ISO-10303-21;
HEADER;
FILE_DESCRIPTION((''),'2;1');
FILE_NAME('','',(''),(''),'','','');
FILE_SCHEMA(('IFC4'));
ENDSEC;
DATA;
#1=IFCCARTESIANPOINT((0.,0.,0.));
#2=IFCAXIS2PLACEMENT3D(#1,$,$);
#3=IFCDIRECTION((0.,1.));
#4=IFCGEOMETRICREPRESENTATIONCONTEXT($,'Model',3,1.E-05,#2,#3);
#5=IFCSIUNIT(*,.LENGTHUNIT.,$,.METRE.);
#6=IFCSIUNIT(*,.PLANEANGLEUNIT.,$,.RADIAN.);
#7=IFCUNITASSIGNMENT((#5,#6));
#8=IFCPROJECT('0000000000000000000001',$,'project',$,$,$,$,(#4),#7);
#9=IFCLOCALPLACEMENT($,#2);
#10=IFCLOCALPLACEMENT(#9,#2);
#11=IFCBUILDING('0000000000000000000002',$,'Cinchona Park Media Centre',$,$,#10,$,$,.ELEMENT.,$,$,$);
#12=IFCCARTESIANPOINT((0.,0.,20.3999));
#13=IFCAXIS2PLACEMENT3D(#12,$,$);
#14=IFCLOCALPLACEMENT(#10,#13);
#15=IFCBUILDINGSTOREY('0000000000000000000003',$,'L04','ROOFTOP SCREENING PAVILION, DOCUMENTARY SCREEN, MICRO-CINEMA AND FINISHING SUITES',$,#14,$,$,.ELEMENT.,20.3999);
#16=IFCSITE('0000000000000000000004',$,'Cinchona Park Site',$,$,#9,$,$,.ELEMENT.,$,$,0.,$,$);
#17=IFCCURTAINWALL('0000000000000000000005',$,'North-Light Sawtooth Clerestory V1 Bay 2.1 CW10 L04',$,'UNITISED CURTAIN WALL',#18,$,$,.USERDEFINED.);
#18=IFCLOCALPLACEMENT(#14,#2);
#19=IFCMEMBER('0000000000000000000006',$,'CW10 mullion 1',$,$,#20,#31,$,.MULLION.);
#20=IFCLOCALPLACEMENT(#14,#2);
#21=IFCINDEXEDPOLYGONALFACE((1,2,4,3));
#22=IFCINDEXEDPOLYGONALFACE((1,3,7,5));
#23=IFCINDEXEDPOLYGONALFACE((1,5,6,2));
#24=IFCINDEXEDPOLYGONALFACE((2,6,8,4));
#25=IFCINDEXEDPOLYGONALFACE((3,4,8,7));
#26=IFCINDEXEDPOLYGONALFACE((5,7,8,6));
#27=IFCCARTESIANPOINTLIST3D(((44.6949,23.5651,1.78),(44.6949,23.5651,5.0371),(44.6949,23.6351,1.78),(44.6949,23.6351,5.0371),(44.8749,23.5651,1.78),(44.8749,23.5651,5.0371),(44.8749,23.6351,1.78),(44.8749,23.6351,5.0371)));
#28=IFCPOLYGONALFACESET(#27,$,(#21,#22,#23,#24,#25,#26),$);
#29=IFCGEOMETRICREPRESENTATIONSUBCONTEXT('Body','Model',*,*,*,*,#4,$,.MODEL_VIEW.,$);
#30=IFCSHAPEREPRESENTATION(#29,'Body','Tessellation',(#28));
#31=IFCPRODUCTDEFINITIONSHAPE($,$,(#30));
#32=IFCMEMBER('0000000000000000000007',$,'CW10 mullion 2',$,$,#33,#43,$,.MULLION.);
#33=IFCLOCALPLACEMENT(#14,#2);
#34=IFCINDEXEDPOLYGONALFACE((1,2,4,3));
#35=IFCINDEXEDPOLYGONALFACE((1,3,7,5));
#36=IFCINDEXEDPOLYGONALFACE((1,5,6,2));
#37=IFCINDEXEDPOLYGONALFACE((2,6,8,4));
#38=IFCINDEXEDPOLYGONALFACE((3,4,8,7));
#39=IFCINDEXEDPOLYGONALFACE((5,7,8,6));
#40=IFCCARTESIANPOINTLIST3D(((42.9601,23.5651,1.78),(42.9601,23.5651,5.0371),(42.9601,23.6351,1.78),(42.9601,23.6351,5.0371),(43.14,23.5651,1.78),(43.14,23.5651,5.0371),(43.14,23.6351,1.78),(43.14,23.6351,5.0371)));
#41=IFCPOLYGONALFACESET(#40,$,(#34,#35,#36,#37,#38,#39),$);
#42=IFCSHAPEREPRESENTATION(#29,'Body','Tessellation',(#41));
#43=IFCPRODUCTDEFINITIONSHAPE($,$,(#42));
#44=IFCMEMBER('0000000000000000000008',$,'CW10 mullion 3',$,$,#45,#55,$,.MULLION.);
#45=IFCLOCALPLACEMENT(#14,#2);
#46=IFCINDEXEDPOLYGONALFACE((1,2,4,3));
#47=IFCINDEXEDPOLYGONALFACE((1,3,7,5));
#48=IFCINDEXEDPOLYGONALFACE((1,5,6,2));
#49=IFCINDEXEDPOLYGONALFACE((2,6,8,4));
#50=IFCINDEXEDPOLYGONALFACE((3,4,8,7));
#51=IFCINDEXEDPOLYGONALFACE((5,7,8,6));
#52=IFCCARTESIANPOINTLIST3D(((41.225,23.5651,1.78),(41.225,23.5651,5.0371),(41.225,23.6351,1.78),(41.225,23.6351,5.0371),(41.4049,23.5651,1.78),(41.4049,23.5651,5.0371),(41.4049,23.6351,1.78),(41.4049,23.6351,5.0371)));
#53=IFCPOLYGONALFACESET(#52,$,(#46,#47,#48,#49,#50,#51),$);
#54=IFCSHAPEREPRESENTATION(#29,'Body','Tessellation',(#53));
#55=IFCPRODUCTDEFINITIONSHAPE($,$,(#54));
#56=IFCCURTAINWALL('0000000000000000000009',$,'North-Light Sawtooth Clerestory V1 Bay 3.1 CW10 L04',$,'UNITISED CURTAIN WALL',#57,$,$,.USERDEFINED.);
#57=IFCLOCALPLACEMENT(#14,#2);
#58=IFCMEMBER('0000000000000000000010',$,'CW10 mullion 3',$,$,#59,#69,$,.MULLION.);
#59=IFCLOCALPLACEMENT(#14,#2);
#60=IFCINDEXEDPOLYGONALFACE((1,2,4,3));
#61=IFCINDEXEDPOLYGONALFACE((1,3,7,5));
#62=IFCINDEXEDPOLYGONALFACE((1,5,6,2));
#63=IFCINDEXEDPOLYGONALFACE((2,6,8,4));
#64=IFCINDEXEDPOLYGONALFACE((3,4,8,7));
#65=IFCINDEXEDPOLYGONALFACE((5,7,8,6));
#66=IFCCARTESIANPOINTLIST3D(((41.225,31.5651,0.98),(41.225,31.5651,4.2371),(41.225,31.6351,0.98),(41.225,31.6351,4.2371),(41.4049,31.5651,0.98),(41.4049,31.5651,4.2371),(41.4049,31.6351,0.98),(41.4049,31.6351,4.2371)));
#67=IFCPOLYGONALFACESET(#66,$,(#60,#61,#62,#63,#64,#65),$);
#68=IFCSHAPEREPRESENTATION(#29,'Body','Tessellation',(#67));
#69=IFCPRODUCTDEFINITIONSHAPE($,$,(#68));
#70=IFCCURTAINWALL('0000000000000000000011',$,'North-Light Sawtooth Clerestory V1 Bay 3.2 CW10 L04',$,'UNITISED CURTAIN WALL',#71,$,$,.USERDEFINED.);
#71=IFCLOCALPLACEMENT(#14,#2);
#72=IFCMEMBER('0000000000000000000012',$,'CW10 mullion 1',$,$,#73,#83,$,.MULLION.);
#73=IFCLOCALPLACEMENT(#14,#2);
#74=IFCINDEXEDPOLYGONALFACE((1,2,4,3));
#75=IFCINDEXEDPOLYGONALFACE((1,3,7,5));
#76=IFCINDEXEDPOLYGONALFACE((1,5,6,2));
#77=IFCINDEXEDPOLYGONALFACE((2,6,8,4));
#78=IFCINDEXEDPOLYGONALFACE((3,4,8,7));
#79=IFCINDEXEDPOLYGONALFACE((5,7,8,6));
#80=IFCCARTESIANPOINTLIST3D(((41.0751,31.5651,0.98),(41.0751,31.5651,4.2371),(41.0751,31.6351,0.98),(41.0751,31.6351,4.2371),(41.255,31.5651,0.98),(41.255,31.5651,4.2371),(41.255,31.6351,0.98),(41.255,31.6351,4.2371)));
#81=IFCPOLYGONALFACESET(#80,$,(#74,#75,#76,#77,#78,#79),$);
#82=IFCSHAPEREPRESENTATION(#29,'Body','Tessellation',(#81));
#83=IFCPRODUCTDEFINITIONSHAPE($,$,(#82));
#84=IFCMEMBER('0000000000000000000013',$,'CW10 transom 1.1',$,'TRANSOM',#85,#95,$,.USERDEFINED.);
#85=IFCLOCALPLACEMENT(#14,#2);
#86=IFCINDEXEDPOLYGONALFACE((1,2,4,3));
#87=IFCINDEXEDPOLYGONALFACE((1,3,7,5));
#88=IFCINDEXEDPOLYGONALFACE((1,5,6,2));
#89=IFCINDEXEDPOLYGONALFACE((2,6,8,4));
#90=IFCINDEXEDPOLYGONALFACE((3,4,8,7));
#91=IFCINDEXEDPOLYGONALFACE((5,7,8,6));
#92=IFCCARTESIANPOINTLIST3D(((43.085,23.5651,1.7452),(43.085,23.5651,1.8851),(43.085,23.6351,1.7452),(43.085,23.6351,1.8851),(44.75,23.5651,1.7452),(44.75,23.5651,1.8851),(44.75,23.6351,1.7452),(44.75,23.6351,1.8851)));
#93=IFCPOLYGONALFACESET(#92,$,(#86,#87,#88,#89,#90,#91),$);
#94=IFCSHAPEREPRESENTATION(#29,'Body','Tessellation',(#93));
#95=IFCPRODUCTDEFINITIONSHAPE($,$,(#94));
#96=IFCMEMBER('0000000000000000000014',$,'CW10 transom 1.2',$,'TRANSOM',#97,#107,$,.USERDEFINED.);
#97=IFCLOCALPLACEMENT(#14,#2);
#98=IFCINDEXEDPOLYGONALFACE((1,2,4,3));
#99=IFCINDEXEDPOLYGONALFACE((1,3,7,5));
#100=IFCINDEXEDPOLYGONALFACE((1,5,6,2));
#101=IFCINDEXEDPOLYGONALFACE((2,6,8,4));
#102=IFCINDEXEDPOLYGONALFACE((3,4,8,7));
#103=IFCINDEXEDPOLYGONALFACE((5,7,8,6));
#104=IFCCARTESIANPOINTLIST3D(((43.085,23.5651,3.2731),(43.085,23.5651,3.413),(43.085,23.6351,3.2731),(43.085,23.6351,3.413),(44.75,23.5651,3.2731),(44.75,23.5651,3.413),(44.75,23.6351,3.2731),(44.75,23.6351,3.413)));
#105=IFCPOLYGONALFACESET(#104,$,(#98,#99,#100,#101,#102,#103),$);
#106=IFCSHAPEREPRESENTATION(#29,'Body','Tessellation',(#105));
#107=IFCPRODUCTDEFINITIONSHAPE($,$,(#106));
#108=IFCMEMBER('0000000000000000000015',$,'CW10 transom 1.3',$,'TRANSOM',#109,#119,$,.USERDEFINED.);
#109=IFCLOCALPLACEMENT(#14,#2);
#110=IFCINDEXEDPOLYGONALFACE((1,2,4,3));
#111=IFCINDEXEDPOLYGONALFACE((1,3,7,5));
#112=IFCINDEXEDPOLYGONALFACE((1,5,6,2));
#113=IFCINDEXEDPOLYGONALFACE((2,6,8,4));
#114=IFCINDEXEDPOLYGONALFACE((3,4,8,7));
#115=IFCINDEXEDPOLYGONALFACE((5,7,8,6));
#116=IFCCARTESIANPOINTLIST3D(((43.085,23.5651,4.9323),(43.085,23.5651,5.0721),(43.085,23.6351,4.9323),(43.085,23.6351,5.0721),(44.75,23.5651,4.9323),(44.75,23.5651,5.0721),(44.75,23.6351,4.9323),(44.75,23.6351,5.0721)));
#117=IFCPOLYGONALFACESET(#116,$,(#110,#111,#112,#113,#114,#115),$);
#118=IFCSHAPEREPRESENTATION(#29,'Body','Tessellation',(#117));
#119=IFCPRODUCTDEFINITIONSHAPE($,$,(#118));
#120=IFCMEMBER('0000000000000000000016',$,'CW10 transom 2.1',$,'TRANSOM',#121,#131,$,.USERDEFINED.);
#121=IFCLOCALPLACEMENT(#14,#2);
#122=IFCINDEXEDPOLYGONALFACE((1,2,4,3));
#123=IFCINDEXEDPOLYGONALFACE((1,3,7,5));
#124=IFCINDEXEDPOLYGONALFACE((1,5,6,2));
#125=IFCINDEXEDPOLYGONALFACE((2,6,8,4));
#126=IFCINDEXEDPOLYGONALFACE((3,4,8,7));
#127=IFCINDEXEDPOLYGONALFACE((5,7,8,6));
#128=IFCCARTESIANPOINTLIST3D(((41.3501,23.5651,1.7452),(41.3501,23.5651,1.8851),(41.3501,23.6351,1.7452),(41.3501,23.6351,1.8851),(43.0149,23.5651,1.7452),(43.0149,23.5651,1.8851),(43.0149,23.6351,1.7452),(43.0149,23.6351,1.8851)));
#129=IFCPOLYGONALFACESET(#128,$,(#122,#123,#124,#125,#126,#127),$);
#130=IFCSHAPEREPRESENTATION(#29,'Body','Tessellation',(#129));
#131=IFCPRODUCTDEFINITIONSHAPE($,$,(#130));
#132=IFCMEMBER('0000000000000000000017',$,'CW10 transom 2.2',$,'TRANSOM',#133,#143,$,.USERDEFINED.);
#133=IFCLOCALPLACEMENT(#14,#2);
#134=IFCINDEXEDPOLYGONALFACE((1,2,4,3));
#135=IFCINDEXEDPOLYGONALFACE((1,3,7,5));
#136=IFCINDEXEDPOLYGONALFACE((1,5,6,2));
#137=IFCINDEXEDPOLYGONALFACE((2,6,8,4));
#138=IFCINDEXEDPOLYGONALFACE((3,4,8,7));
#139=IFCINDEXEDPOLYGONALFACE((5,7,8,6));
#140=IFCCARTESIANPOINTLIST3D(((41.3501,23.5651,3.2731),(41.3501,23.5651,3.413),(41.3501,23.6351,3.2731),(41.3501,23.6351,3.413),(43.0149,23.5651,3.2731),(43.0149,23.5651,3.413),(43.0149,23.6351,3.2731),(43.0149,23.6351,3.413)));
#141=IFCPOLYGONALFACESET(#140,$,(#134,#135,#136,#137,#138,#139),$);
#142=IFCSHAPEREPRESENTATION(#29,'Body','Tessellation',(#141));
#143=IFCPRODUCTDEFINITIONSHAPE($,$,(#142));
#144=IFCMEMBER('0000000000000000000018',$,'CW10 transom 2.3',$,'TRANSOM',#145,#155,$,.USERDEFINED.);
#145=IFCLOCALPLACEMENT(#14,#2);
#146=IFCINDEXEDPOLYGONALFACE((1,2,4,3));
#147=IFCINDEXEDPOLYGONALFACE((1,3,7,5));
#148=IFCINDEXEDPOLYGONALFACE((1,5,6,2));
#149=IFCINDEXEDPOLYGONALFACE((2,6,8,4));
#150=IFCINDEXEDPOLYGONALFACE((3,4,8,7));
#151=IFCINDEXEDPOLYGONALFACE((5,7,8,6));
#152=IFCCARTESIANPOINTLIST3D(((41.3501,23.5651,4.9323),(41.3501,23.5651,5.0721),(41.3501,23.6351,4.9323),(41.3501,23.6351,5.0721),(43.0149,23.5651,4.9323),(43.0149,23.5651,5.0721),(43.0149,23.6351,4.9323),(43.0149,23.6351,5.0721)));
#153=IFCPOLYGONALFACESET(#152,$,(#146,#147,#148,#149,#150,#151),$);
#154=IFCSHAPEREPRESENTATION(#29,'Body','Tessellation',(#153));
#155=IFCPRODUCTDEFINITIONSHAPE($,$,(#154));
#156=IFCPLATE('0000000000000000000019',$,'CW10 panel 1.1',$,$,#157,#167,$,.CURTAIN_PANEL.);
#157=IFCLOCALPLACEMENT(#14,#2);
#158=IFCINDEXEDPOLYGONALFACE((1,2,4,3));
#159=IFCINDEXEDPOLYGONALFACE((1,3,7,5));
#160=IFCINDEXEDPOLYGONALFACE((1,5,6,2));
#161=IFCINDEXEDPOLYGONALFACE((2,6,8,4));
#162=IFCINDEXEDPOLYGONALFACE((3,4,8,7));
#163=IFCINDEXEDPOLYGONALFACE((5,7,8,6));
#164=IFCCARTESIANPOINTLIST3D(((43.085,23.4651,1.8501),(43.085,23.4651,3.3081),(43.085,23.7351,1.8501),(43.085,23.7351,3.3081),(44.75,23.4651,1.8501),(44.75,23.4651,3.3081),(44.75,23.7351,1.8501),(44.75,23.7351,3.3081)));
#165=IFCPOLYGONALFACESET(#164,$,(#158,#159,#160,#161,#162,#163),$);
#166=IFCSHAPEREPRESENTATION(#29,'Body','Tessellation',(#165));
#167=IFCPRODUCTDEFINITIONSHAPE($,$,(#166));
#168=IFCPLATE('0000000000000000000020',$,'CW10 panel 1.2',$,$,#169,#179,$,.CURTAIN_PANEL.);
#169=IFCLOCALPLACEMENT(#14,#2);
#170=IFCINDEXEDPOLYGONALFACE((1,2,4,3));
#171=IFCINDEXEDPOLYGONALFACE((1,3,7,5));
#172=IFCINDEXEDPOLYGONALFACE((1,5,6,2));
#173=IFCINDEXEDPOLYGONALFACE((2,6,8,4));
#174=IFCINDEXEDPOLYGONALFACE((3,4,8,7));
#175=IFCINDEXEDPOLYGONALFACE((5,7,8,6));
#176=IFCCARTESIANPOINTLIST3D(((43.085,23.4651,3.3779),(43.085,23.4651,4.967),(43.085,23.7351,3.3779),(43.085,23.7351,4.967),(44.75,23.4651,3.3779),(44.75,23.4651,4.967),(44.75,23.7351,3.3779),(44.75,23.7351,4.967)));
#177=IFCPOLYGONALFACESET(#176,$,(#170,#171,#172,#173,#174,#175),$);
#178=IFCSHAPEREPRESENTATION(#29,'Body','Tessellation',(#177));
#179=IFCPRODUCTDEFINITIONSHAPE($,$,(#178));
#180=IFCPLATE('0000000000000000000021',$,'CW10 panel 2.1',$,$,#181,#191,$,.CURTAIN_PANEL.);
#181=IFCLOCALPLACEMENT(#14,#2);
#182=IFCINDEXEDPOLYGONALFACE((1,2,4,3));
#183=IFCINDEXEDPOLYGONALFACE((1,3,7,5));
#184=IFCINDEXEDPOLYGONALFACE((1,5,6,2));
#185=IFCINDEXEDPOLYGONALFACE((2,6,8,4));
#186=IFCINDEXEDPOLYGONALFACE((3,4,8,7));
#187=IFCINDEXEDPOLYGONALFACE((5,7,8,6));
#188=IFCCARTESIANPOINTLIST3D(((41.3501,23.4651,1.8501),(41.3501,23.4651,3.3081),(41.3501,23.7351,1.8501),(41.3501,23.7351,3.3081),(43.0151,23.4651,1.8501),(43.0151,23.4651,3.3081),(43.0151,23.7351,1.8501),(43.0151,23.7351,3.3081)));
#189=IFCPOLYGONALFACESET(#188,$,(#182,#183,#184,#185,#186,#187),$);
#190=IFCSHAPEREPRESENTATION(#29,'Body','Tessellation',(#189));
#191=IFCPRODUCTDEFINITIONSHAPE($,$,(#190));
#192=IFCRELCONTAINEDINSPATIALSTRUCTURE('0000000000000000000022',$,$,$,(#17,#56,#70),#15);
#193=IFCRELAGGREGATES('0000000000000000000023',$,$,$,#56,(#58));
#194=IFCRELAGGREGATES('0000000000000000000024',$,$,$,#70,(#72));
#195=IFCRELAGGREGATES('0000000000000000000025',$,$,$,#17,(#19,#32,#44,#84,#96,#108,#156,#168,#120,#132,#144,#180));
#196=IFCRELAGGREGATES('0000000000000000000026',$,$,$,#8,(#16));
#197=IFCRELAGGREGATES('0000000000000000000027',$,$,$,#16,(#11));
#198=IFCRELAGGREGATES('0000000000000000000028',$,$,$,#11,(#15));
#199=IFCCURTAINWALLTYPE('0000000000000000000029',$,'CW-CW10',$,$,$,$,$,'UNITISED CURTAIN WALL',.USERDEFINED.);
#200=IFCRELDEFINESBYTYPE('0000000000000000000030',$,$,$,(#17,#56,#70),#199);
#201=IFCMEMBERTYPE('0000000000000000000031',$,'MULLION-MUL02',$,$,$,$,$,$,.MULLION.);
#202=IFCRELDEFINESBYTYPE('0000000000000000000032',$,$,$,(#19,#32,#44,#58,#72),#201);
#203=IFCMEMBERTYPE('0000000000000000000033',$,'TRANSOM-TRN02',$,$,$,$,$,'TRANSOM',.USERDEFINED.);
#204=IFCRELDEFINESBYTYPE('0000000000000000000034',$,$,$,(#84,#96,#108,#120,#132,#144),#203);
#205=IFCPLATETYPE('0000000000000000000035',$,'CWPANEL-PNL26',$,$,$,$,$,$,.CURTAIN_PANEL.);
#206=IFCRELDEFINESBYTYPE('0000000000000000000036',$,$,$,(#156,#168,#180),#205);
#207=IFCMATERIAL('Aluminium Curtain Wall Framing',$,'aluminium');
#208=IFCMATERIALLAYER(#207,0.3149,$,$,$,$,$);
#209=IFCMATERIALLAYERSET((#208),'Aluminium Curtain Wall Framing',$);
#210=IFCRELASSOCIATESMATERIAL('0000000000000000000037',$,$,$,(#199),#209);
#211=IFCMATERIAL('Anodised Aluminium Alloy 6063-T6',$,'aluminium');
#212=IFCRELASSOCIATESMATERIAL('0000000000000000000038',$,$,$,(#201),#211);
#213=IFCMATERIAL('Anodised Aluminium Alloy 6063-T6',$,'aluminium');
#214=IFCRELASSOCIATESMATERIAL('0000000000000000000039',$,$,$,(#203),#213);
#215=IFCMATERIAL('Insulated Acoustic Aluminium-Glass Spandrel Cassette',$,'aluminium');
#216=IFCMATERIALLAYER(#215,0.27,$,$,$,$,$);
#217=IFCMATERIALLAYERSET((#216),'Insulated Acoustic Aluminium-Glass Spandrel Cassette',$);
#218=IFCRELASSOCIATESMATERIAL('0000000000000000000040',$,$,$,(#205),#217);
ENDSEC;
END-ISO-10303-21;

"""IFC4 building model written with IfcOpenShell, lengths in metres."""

from ifc_helpers import new_model, si_unit, direction, frame, origin, origin_2d, place, context, subcontext, project, spatial, rectangle, extrude, material, layer, layer_set, material_profile, profile_set, type_object, element, aggregate, save


model = new_model("IFC4")

# Units and contexts
model_context = context("Model", 3, precision=1e-05, world=origin(), true_north=direction((0.0, 1.0)))
body_context = subcontext(model_context, "Body", "Model", "MODEL_VIEW")
ifc_project = project(units=[si_unit("LENGTHUNIT", "METRE"), si_unit("PLANEANGLEUNIT", "RADIAN")], contexts=[model_context])

# Site, building, storey
site_placement = place(None, origin())
site = spatial("IfcSite", under=ifc_project, at=site_placement, Name="Cinchona Park Site", CompositionType="ELEMENT", RefElevation=0.0)
building_placement = place(site_placement, origin())
building = spatial("IfcBuilding", under=site, at=building_placement, Name="Cinchona Park Media Centre", CompositionType="ELEMENT")
storey_placement = place(building_placement, frame((0.0, 0.0, 20.3999)))
storey = spatial("IfcBuildingStorey", under=building, at=storey_placement, Name="L04", Description="ROOFTOP SCREENING PAVILION, DOCUMENTARY SCREEN, MICRO-CINEMA AND FINISHING SUITES", CompositionType="ELEMENT", Elevation=20.3999)

# Curtain wall, members
ifc_material_1 = material(Name="Aluminium Curtain Wall Framing", Category="aluminium")
ifc_layer_1 = layer(ifc_material_1, 0.3149)
ifc_layer_set_1 = layer_set([ifc_layer_1], Name="Aluminium Curtain Wall Framing")
curtain_wall_type = type_object("IfcCurtainWallType", Name="CW-CW10", ElementType="UNITISED CURTAIN WALL", PredefinedType="USERDEFINED", material=ifc_layer_set_1)
curtain_wall_1_placement = place(storey_placement, origin())
curtain_wall_1 = element("IfcCurtainWall", 1, at=curtain_wall_1_placement, inside=storey, type_object=curtain_wall_type, Name="North-Light Sawtooth Clerestory V1 Bay 2.1 CW10 L04", ObjectType="UNITISED CURTAIN WALL", PredefinedType="USERDEFINED")
ifc_material_2 = material(Name="Anodised Aluminium Alloy 6063-T6", Category="aluminium")
ifc_material_profile_1 = material_profile(ifc_material_2, rectangle(XDim=0.0701, YDim=0.1799, at=origin_2d()), Name="MUL-70X180")
ifc_profile_set_1 = profile_set([ifc_material_profile_1], Name="Anodised Aluminium Alloy 6063-T6")
member_type_1 = type_object("IfcMemberType", Name="MULLION-MUL02", PredefinedType="MULLION", material=ifc_profile_set_1)
member_1_placement = place(storey_placement, frame((44.7849, 23.6001, 1.78), z_axis=(0.0, 0.0, 1.0), x_axis=(0.0, -1.0, 0.0)))
member_1 = element("IfcMember", 2, at=member_1_placement, type_object=member_type_1, Name="CW10 mullion 1", PredefinedType="MULLION", context=body_context, shape_type="SweptSolid", body=[
    extrude(rectangle(XDim=0.0701, YDim=0.1799, at=origin_2d()), origin(), (0.0, 0.0, 1.0), 3.2571),
])
member_2_placement = place(storey_placement, frame((43.05, 23.6001, 1.78), z_axis=(0.0, 0.0, 1.0), x_axis=(0.0, -1.0, 0.0)))
member_2 = element("IfcMember", 3, at=member_2_placement, type_object=member_type_1, Name="CW10 mullion 2", PredefinedType="MULLION", context=body_context, shape_type="SweptSolid", body=[
    extrude(rectangle(XDim=0.0701, YDim=0.1799, at=origin_2d()), origin(), (0.0, 0.0, 1.0), 3.2571),
])
member_3_placement = place(storey_placement, frame((41.3149, 23.6001, 1.78), z_axis=(0.0, 0.0, 1.0), x_axis=(0.0, -1.0, 0.0)))
member_3 = element("IfcMember", 4, at=member_3_placement, type_object=member_type_1, Name="CW10 mullion 3", PredefinedType="MULLION", context=body_context, shape_type="SweptSolid", body=[
    extrude(rectangle(XDim=0.0701, YDim=0.1799, at=origin_2d()), origin(), (0.0, 0.0, 1.0), 3.2571),
])

# Curtain walls, members
curtain_wall_2_placement = place(storey_placement, origin())
curtain_wall_2 = element("IfcCurtainWall", 5, at=curtain_wall_2_placement, inside=storey, type_object=curtain_wall_type, Name="North-Light Sawtooth Clerestory V1 Bay 3.1 CW10 L04", ObjectType="UNITISED CURTAIN WALL", PredefinedType="USERDEFINED")
member_4_placement = place(storey_placement, frame((41.3149, 31.6001, 0.98), z_axis=(0.0, 0.0, 1.0), x_axis=(0.0, -1.0, 0.0)))
member_4 = element("IfcMember", 6, at=member_4_placement, type_object=member_type_1, Name="CW10 mullion 3", PredefinedType="MULLION", context=body_context, shape_type="SweptSolid", body=[
    extrude(rectangle(XDim=0.0701, YDim=0.1799, at=origin_2d()), origin(), (0.0, 0.0, 1.0), 3.2571),
])
aggregate(curtain_wall_2, [member_4])
curtain_wall_3_placement = place(storey_placement, origin())
curtain_wall_3 = element("IfcCurtainWall", 7, at=curtain_wall_3_placement, inside=storey, type_object=curtain_wall_type, Name="North-Light Sawtooth Clerestory V1 Bay 3.2 CW10 L04", ObjectType="UNITISED CURTAIN WALL", PredefinedType="USERDEFINED")
member_5_placement = place(storey_placement, frame((41.165, 31.6001, 0.98), z_axis=(0.0, 0.0, 1.0), x_axis=(0.0, -1.0, 0.0)))
member_5 = element("IfcMember", 8, at=member_5_placement, type_object=member_type_1, Name="CW10 mullion 1", PredefinedType="MULLION", context=body_context, shape_type="SweptSolid", body=[
    extrude(rectangle(XDim=0.0701, YDim=0.1799, at=origin_2d()), origin(), (0.0, 0.0, 1.0), 3.2571),
])
aggregate(curtain_wall_3, [member_5])

# Members
ifc_material_3 = material(Name="Anodised Aluminium Alloy 6063-T6", Category="aluminium")
ifc_material_profile_2 = material_profile(ifc_material_3, rectangle(XDim=0.0701, YDim=0.1399, at=origin_2d()), Name="TRN-70X140")
ifc_profile_set_2 = profile_set([ifc_material_profile_2], Name="Anodised Aluminium Alloy 6063-T6")
member_type_2 = type_object("IfcMemberType", Name="TRANSOM-TRN02", ElementType="TRANSOM", PredefinedType="USERDEFINED", material=ifc_profile_set_2)
member_6_placement = place(storey_placement, frame((44.75, 23.6001, 1.8152), z_axis=(-1.0, 0.0, 0.0), x_axis=(0.0, -1.0, 0.0)))
member_6 = element("IfcMember", 9, at=member_6_placement, type_object=member_type_2, Name="CW10 transom 1.1", ObjectType="TRANSOM", PredefinedType="USERDEFINED", context=body_context, shape_type="SweptSolid", body=[
    extrude(rectangle(XDim=0.0701, YDim=0.1399, at=origin_2d()), origin(), (0.0, 0.0, 1.0), 1.665),
])
member_7_placement = place(storey_placement, frame((44.75, 23.6001, 3.343), z_axis=(-1.0, 0.0, 0.0), x_axis=(0.0, -1.0, 0.0)))
member_7 = element("IfcMember", 10, at=member_7_placement, type_object=member_type_2, Name="CW10 transom 1.2", ObjectType="TRANSOM", PredefinedType="USERDEFINED", context=body_context, shape_type="SweptSolid", body=[
    extrude(rectangle(XDim=0.0701, YDim=0.1399, at=origin_2d()), origin(), (0.0, 0.0, 1.0), 1.665),
])
member_8_placement = place(storey_placement, frame((44.75, 23.6001, 5.0022), z_axis=(-1.0, 0.0, 0.0), x_axis=(0.0, -1.0, 0.0)))
member_8 = element("IfcMember", 11, at=member_8_placement, type_object=member_type_2, Name="CW10 transom 1.3", ObjectType="TRANSOM", PredefinedType="USERDEFINED", context=body_context, shape_type="SweptSolid", body=[
    extrude(rectangle(XDim=0.0701, YDim=0.1399, at=origin_2d()), origin(), (0.0, 0.0, 1.0), 1.665),
])
member_9_placement = place(storey_placement, frame((43.0149, 23.6001, 1.8152), z_axis=(-1.0, 0.0, 0.0), x_axis=(0.0, -1.0, 0.0)))
member_9 = element("IfcMember", 12, at=member_9_placement, type_object=member_type_2, Name="CW10 transom 2.1", ObjectType="TRANSOM", PredefinedType="USERDEFINED", context=body_context, shape_type="SweptSolid", body=[
    extrude(rectangle(XDim=0.0701, YDim=0.1399, at=origin_2d()), origin(), (0.0, 0.0, 1.0), 1.6648),
])
member_10_placement = place(storey_placement, frame((43.0149, 23.6001, 3.343), z_axis=(-1.0, 0.0, 0.0), x_axis=(0.0, -1.0, 0.0)))
member_10 = element("IfcMember", 13, at=member_10_placement, type_object=member_type_2, Name="CW10 transom 2.2", ObjectType="TRANSOM", PredefinedType="USERDEFINED", context=body_context, shape_type="SweptSolid", body=[
    extrude(rectangle(XDim=0.0701, YDim=0.1399, at=origin_2d()), origin(), (0.0, 0.0, 1.0), 1.6648),
])
member_11_placement = place(storey_placement, frame((43.0149, 23.6001, 5.0022), z_axis=(-1.0, 0.0, 0.0), x_axis=(0.0, -1.0, 0.0)))
member_11 = element("IfcMember", 14, at=member_11_placement, type_object=member_type_2, Name="CW10 transom 2.3", ObjectType="TRANSOM", PredefinedType="USERDEFINED", context=body_context, shape_type="SweptSolid", body=[
    extrude(rectangle(XDim=0.0701, YDim=0.1399, at=origin_2d()), origin(), (0.0, 0.0, 1.0), 1.6648),
])

# Plates
ifc_material_4 = material(Name="Insulated Acoustic Aluminium-Glass Spandrel Cassette", Category="aluminium")
ifc_layer_2 = layer(ifc_material_4, 0.27)
ifc_layer_set_2 = layer_set([ifc_layer_2], Name="Insulated Acoustic Aluminium-Glass Spandrel Cassette")
plate_type = type_object("IfcPlateType", Name="CWPANEL-PNL26", PredefinedType="CURTAIN_PANEL", material=ifc_layer_set_2)
plate_1_placement = place(storey_placement, frame((43.9175, 23.6001, 1.8501), z_axis=(0.0, 0.0, 1.0), x_axis=(-1.0, 0.0, 0.0)))
plate_1 = element("IfcPlate", 15, at=plate_1_placement, type_object=plate_type, Name="CW10 panel 1.1", PredefinedType="CURTAIN_PANEL", context=body_context, shape_type="SweptSolid", body=[
    extrude(rectangle(XDim=1.665, YDim=0.27, at=origin_2d()), origin(), (0.0, 0.0, 1.0), 1.458),
])
plate_2_placement = place(storey_placement, frame((43.9175, 23.6001, 3.3779), z_axis=(0.0, 0.0, 1.0), x_axis=(-1.0, 0.0, 0.0)))
plate_2 = element("IfcPlate", 16, at=plate_2_placement, type_object=plate_type, Name="CW10 panel 1.2", PredefinedType="CURTAIN_PANEL", context=body_context, shape_type="SweptSolid", body=[
    extrude(rectangle(XDim=1.665, YDim=0.27, at=origin_2d()), origin(), (0.0, 0.0, 1.0), 1.5891),
])
plate_3_placement = place(storey_placement, frame((42.1826, 23.6001, 1.8501), z_axis=(0.0, 0.0, 1.0), x_axis=(-1.0, 0.0, 0.0)))
plate_3 = element("IfcPlate", 17, at=plate_3_placement, type_object=plate_type, Name="CW10 panel 2.1", PredefinedType="CURTAIN_PANEL", context=body_context, shape_type="SweptSolid", body=[
    extrude(rectangle(XDim=1.665, YDim=0.27, at=origin_2d()), origin(), (0.0, 0.0, 1.0), 1.458),
])
aggregate(curtain_wall_1, [member_1, member_2, member_3, member_6, member_7, member_8, plate_1, plate_2, member_9, member_10, member_11, plate_3])

save(model, "model.ifc")
